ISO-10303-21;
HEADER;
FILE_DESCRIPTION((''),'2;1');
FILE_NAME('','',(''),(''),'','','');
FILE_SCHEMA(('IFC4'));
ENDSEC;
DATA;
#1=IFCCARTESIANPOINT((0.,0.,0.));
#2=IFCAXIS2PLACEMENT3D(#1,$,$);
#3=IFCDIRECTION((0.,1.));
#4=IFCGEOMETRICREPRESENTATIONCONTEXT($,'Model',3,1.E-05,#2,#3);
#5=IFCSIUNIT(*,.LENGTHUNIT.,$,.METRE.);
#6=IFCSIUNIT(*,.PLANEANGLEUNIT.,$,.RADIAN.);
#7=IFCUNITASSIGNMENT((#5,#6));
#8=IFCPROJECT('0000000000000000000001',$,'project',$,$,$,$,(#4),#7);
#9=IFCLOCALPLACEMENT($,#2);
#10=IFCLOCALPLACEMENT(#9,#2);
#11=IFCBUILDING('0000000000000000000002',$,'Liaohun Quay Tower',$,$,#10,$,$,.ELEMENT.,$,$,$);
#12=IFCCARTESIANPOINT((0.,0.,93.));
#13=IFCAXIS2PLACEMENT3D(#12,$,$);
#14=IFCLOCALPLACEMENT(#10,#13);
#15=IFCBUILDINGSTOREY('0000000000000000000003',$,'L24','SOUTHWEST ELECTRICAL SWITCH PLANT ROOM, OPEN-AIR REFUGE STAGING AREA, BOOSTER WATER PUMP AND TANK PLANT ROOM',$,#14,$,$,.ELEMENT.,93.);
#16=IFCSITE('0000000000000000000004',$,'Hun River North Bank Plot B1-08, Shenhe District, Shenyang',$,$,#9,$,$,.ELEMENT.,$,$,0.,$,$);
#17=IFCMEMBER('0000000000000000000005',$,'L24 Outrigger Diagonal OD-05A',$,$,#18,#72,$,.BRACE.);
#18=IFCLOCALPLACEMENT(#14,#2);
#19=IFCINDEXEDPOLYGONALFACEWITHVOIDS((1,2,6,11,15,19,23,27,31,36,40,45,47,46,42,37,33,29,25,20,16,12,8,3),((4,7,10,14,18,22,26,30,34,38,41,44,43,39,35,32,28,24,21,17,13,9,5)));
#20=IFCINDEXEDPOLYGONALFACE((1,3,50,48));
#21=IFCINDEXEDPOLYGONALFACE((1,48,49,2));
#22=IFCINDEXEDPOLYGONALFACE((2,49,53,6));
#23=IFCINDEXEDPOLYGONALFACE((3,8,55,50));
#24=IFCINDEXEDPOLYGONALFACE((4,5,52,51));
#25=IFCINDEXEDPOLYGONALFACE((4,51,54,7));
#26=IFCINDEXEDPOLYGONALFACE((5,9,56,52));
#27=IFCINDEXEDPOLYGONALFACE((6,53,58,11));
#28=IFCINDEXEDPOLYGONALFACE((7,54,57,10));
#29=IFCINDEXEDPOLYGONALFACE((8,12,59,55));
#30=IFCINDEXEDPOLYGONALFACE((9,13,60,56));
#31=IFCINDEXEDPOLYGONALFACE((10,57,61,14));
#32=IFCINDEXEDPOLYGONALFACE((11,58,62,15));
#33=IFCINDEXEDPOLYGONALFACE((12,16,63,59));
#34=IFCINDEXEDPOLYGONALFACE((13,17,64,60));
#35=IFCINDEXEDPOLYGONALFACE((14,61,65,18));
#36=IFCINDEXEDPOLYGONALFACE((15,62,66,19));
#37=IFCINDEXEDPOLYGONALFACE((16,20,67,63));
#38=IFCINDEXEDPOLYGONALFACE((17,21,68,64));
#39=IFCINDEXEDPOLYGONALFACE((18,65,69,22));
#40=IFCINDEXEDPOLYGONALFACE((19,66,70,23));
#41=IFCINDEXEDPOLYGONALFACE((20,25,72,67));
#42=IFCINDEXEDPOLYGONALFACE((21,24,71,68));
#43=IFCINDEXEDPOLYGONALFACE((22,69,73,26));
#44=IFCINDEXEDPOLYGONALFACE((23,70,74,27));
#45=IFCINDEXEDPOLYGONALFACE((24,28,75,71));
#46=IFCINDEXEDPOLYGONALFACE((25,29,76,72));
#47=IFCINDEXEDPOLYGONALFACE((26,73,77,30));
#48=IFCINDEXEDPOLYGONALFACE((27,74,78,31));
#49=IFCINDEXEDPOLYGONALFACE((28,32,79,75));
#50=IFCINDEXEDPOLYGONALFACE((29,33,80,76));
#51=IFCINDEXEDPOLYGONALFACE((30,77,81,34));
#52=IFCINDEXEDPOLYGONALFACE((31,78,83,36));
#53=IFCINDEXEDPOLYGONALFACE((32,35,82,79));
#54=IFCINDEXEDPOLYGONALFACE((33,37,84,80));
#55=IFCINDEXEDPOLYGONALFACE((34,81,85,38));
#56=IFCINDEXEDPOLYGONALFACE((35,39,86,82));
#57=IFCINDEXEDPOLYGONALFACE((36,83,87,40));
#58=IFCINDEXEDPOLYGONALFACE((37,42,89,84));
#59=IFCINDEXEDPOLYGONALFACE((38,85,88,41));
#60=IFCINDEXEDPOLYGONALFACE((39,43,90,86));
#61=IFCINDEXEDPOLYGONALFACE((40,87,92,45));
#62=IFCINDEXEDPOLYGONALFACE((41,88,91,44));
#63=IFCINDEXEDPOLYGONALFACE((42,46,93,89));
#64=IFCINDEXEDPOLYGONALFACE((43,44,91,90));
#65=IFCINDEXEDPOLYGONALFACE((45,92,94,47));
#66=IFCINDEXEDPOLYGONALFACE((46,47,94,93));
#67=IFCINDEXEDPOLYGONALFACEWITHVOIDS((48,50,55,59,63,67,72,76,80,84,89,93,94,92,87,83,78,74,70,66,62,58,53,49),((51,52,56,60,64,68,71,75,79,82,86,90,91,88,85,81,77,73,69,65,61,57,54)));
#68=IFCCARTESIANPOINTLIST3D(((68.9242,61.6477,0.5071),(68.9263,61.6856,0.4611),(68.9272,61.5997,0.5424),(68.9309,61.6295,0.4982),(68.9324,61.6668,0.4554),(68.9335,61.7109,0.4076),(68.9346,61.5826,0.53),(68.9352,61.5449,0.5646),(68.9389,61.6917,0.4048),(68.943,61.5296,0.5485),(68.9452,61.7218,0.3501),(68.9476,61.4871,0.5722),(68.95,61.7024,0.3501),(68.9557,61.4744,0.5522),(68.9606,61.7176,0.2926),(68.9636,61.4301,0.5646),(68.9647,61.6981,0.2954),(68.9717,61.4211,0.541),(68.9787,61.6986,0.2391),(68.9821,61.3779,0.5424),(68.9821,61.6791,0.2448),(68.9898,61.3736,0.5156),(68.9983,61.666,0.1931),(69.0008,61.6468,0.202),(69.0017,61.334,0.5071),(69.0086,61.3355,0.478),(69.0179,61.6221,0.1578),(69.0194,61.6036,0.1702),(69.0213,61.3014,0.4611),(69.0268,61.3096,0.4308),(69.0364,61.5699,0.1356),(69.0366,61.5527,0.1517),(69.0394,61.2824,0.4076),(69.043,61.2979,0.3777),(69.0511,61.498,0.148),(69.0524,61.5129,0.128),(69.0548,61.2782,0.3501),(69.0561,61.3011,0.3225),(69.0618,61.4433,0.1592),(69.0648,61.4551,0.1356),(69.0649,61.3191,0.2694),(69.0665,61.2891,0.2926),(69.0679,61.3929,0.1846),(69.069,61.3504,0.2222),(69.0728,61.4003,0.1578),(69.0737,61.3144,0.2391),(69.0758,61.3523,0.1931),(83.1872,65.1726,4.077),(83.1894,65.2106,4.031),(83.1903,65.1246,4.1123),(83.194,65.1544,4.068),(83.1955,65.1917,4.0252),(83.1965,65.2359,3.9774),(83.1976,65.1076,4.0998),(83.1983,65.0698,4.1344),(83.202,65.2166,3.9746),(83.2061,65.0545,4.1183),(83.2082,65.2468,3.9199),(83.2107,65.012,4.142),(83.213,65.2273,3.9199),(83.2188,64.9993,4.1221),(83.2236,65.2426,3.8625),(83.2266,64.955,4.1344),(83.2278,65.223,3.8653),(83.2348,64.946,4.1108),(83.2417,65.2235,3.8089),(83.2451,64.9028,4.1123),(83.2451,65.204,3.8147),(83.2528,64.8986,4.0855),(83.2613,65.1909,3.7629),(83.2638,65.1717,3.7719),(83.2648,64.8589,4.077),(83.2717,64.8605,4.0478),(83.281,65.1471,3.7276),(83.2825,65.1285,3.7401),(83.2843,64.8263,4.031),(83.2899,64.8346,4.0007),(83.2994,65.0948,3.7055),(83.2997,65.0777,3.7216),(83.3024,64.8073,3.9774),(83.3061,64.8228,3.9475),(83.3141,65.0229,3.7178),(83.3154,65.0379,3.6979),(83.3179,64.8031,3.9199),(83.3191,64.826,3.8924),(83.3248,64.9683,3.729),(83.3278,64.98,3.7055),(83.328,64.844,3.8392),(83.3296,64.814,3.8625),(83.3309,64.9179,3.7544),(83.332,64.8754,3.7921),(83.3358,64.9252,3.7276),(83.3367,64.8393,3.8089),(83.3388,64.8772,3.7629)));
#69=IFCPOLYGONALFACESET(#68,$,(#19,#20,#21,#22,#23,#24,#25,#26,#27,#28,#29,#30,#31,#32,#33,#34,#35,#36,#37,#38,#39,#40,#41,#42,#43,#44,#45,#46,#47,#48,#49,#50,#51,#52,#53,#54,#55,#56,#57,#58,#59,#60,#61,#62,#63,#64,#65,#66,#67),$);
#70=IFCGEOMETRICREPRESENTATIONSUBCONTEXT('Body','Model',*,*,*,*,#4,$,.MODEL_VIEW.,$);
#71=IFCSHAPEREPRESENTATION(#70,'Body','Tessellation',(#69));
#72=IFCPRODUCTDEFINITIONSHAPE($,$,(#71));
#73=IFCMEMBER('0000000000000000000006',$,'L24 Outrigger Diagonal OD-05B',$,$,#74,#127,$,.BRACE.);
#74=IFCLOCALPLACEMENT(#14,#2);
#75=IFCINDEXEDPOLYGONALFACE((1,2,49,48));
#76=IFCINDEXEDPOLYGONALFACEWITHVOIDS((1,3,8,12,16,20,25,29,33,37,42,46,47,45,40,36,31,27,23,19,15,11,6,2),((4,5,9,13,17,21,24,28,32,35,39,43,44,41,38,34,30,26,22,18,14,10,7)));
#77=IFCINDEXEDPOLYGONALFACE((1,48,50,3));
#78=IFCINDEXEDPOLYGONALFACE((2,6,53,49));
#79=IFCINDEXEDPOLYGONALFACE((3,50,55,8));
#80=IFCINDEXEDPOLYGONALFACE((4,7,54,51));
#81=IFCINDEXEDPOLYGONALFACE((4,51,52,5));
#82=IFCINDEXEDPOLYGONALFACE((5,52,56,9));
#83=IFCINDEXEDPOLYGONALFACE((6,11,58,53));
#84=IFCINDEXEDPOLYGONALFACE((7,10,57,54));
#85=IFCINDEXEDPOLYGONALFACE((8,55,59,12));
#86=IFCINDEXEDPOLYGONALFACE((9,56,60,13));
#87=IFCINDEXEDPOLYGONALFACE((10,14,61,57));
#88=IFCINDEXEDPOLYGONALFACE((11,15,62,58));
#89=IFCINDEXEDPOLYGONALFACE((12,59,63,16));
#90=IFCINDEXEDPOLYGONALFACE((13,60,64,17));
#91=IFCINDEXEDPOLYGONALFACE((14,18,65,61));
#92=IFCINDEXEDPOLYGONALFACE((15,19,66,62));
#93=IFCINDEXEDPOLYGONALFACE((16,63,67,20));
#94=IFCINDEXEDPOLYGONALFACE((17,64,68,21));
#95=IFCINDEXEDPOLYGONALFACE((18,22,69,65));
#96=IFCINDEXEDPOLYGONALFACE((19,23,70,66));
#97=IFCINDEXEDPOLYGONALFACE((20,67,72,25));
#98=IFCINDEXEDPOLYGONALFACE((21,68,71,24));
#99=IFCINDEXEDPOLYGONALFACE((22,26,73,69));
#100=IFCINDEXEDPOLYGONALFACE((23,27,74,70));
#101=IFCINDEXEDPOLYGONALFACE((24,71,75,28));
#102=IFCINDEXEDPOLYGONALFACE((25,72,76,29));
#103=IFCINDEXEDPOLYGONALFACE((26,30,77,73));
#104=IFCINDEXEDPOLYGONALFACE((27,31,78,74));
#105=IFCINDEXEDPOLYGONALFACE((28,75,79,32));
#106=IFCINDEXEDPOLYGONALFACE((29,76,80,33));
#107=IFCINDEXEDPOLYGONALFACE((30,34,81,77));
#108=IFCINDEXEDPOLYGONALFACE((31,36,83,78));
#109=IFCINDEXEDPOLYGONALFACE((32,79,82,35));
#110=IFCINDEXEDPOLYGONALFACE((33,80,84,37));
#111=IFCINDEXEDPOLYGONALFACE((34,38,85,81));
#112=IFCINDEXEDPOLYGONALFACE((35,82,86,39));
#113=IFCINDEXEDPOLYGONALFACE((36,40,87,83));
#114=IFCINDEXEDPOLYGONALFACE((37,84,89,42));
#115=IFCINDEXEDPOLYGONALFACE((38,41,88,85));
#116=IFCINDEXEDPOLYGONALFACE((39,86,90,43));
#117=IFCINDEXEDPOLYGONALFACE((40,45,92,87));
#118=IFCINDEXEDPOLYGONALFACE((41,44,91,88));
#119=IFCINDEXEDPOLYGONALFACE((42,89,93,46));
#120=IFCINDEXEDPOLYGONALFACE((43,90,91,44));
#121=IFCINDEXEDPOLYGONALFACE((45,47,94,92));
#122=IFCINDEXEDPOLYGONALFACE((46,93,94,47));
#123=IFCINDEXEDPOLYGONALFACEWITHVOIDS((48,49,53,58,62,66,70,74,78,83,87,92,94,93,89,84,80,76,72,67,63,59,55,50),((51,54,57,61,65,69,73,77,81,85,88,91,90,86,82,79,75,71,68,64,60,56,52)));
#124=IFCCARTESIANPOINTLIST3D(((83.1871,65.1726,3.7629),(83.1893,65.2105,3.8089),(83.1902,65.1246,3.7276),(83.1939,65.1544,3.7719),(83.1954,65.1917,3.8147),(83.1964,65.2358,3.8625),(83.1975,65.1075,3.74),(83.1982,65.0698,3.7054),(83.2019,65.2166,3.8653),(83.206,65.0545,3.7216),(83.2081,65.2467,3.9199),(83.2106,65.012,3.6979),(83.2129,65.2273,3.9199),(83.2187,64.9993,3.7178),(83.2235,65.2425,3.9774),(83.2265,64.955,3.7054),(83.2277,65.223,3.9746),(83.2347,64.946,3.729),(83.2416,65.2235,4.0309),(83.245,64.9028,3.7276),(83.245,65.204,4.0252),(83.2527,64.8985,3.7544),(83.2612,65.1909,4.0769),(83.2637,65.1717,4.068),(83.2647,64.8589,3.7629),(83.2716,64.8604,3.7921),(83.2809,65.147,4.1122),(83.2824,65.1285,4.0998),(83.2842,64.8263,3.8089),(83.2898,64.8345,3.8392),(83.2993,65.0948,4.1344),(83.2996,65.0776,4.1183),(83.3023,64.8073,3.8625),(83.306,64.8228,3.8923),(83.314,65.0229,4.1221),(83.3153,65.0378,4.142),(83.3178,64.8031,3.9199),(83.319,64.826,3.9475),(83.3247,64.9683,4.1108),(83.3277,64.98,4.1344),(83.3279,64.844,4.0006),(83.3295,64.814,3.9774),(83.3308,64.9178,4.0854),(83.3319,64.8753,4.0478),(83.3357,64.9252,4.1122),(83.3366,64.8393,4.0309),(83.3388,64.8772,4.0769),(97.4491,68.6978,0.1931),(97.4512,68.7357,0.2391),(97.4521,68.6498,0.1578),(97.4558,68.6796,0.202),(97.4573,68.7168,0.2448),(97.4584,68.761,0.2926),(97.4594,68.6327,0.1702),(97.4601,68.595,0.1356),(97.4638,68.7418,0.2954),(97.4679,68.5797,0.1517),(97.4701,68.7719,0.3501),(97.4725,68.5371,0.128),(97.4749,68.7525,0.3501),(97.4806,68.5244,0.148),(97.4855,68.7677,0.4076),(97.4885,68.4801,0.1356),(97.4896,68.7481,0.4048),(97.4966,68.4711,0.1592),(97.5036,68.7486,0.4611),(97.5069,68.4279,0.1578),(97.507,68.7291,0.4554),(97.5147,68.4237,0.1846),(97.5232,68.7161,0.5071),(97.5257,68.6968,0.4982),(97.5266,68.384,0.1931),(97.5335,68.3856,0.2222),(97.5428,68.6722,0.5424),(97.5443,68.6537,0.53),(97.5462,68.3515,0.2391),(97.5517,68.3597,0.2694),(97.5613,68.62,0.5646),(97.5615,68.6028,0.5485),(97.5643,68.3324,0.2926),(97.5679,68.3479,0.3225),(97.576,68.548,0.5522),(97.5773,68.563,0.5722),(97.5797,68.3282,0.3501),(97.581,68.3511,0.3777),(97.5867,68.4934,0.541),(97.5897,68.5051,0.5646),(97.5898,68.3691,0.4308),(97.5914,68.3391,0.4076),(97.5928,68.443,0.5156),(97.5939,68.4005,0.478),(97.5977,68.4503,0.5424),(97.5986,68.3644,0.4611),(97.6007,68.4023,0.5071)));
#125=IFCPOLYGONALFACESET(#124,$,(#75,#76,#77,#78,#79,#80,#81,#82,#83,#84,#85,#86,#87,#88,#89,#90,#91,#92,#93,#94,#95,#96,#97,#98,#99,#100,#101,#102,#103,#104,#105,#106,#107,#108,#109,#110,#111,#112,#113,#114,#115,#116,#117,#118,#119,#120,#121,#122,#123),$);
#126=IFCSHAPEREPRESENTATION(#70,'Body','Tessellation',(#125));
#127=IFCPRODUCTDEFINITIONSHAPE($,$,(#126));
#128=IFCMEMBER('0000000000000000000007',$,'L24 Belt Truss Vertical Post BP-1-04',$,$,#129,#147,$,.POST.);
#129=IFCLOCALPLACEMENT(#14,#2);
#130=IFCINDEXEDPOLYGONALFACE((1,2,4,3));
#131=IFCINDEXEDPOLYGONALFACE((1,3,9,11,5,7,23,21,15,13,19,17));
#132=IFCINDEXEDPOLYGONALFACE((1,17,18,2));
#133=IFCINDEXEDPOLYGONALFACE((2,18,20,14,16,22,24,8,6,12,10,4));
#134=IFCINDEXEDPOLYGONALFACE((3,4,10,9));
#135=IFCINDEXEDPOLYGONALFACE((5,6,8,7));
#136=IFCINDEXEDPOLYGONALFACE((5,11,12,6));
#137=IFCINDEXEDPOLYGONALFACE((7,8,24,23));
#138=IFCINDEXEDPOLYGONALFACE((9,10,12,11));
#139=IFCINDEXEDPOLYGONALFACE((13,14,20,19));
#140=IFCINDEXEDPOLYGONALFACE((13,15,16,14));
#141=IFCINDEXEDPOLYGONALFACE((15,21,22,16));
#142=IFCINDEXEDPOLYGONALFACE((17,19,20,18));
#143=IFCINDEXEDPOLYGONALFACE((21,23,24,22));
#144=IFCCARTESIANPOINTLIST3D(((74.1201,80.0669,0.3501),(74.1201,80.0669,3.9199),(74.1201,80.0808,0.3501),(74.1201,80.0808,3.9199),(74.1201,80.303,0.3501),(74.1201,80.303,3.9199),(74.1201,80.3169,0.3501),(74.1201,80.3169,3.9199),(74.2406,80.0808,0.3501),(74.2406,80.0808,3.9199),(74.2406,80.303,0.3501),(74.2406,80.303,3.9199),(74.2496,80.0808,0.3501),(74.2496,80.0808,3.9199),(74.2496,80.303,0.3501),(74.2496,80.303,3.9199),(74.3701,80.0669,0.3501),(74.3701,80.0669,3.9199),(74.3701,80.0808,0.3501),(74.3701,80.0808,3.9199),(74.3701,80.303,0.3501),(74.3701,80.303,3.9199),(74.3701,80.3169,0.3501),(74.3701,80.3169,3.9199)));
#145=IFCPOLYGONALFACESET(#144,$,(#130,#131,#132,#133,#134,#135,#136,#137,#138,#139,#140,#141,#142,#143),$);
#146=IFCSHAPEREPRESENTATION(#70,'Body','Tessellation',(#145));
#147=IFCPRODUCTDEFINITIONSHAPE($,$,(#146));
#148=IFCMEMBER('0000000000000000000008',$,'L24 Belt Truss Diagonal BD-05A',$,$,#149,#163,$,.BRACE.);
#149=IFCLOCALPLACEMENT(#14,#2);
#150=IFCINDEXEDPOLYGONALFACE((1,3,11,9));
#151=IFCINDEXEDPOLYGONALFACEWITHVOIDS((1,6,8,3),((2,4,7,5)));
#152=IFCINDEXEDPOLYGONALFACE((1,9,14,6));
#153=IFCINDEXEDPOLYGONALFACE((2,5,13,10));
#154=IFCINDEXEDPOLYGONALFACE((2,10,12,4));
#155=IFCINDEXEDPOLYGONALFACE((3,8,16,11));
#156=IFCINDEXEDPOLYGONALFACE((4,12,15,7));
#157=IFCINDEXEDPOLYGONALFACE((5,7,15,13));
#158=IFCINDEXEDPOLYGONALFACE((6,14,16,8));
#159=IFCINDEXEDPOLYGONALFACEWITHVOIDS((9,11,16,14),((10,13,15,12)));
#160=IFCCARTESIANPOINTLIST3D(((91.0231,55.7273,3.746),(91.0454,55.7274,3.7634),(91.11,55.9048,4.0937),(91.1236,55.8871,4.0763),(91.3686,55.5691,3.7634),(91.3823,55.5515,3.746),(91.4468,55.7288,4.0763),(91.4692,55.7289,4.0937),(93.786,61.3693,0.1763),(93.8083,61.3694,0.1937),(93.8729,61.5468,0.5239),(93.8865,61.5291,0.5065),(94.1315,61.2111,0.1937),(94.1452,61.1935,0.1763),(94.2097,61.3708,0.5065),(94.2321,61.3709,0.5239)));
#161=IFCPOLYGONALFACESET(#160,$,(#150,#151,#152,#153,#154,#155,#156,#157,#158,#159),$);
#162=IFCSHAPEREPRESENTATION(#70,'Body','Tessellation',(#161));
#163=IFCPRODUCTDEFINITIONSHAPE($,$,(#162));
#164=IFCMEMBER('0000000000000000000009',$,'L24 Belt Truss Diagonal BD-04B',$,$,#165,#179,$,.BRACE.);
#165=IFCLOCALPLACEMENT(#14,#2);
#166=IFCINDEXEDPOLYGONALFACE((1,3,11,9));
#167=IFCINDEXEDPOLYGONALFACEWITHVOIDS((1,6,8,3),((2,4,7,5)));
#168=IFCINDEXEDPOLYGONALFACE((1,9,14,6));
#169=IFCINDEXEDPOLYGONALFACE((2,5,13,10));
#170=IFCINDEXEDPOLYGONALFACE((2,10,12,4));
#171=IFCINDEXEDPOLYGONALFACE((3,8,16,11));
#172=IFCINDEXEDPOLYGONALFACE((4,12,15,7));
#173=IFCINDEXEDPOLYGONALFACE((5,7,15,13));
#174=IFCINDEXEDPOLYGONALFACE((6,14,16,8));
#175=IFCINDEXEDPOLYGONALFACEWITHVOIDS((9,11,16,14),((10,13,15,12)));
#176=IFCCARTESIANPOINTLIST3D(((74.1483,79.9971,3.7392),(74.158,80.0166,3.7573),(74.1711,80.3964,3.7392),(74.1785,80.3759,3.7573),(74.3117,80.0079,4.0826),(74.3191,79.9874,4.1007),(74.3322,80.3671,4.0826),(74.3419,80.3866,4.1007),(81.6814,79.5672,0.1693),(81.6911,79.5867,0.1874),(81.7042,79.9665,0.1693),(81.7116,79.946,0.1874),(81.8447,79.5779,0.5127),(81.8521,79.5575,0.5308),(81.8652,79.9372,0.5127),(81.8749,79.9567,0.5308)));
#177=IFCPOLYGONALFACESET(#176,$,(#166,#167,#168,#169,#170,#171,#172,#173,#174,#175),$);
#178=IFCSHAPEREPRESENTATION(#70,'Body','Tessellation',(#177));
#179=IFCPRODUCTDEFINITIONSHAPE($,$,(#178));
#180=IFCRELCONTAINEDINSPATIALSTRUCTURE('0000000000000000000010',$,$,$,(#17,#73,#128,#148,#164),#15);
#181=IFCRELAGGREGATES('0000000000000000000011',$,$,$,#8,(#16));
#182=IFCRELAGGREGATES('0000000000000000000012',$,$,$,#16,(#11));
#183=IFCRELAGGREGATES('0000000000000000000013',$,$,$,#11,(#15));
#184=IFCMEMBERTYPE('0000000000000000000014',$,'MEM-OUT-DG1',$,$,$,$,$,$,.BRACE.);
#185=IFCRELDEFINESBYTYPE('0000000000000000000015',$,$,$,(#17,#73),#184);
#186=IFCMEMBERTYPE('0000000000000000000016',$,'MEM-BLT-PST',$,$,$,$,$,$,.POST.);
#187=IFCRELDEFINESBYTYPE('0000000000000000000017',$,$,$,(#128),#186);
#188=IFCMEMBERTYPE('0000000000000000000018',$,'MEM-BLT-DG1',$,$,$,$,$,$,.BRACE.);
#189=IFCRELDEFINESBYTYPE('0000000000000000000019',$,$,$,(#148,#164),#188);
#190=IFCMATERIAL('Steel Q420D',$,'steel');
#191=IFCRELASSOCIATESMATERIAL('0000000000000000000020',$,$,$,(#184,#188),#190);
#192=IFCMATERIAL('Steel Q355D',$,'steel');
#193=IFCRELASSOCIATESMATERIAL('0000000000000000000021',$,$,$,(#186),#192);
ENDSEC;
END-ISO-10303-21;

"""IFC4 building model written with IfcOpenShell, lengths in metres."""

from ifc_helpers import new_model, si_unit, direction, frame, origin, origin_2d, place, context, subcontext, project, spatial, hollow_rectangle, hollow_circle, i_section, extrude, source, transform, mapped, material, material_profile, profile_set, type_object, element, save


model = new_model("IFC4")

# Units and contexts
model_context = context("Model", 3, precision=1e-05, world=origin(), true_north=direction((0.0, 1.0)))
body_context = subcontext(model_context, "Body", "Model", "MODEL_VIEW")
ifc_project = project(units=[si_unit("LENGTHUNIT", "METRE"), si_unit("PLANEANGLEUNIT", "RADIAN")], contexts=[model_context])

# Site, building, storey
site_placement = place(None, origin())
site = spatial("IfcSite", under=ifc_project, at=site_placement, Name="Hun River North Bank Plot B1-08, Shenhe District, Shenyang", CompositionType="ELEMENT", RefElevation=0.0)
building_placement = place(site_placement, origin())
building = spatial("IfcBuilding", under=site, at=building_placement, Name="Liaohun Quay Tower", CompositionType="ELEMENT")
storey_placement = place(building_placement, frame((0.0, 0.0, 93.0)))
storey = spatial("IfcBuildingStorey", under=building, at=storey_placement, Name="L24", Description="SOUTHWEST ELECTRICAL SWITCH PLANT ROOM, OPEN-AIR REFUGE STAGING AREA, BOOSTER WATER PUMP AND TANK PLANT ROOM", CompositionType="ELEMENT", Elevation=93.0)

# Shared definitions
ifc_material_1 = material(Name="Steel Q355D", Category="steel")
ifc_material_2 = material(Name="Steel Q420D", Category="steel")

# Members
ifc_material_profile_1 = material_profile(ifc_material_2, hollow_circle(Radius=0.2285, WallThickness=0.02, at=origin_2d()), Name="CHS457x20")
ifc_profile_set_1 = profile_set([ifc_material_profile_1], Name="Steel Q420D")
member_type_1 = type_object("IfcMemberType", Name="MEM-OUT-DG1", PredefinedType="BRACE", material=ifc_profile_set_1)
shared_shape_1 = source(origin(), body_context, "Body", "SweptSolid", [
    extrude(hollow_circle(Radius=0.2285, WallThickness=0.02, at=origin_2d()), origin(), (0.0, 0.0, 1.0), 15.1196),
])
member_1_placement = place(storey_placement, frame((69.0, 61.5, 0.3501), z_axis=(0.943346, 0.233136, 0.236107), x_axis=(-0.239919, 0.970793, 0.0)))
element("IfcMember", 1, at=member_1_placement, inside=storey, type_object=member_type_1, Name="L24 Outrigger Diagonal OD-05A", PredefinedType="BRACE", context=body_context, shape_type="MappedRepresentation", body=[
    mapped(shared_shape_1, transform((0.0, 0.0, 0.0), x_axis=(1.0, 0.0, 0.0), y_axis=(0.0, 1.0, 0.0), z_axis=(0.0, 0.0, 1.0), scale=1.0)),
])
shared_shape_2 = source(origin(), body_context, "Body", "SweptSolid", [
    extrude(hollow_circle(Radius=0.2285, WallThickness=0.02, at=origin_2d()), origin(), (0.0, 0.0, 1.0), 15.1187),
])
member_2_placement = place(storey_placement, frame((83.2629, 65.0249, 3.9199), z_axis=(0.943335, 0.233165, -0.23612), x_axis=(-0.23995, 0.970785, 0.0)))
element("IfcMember", 2, at=member_2_placement, inside=storey, type_object=member_type_1, Name="L24 Outrigger Diagonal OD-05B", PredefinedType="BRACE", context=body_context, shape_type="MappedRepresentation", body=[
    mapped(shared_shape_2, transform((0.0, 0.0, 0.0), x_axis=(1.0, 0.0, 0.0), y_axis=(0.0, 1.0, 0.0), z_axis=(0.0, 0.0, 1.0), scale=1.0)),
])
ifc_material_profile_2 = material_profile(ifc_material_1, i_section(OverallWidth=0.25, OverallDepth=0.25, WebThickness=0.009, FlangeThickness=0.0139, at=origin_2d()), Name="HW250x250x9x14")
ifc_profile_set_2 = profile_set([ifc_material_profile_2], Name="Steel Q355D")
member_type_2 = type_object("IfcMemberType", Name="MEM-BLT-PST", PredefinedType="POST", material=ifc_profile_set_2)
shared_shape_3 = source(origin(), body_context, "Body", "SweptSolid", [
    extrude(i_section(OverallWidth=0.25, OverallDepth=0.25, WebThickness=0.009, FlangeThickness=0.0139, at=origin_2d()), origin(), (0.0, 0.0, 1.0), 3.5698),
])
member_3_placement = place(storey_placement, frame((74.2451, 80.1919, 0.3501), z_axis=(0.0, 0.0, 1.0), x_axis=(1.0, 0.0, 0.0)))
element("IfcMember", 3, at=member_3_placement, inside=storey, type_object=member_type_2, Name="L24 Belt Truss Vertical Post BP-1-04", PredefinedType="POST", context=body_context, shape_type="MappedRepresentation", body=[
    mapped(shared_shape_3, transform((0.0, 0.0, 0.0), x_axis=(1.0, 0.0, 0.0), y_axis=(0.0, 1.0, 0.0), z_axis=(0.0, 0.0, 1.0), scale=1.0)),
])
ifc_material_profile_3 = material_profile(ifc_material_2, hollow_rectangle(XDim=0.3999, YDim=0.3999, WallThickness=0.02, at=origin_2d()), Name="SHS400x400x20")
ifc_profile_set_3 = profile_set([ifc_material_profile_3], Name="Steel Q420D")
member_type_3 = type_object("IfcMemberType", Name="MEM-BLT-DG1", PredefinedType="BRACE", material=ifc_profile_set_3)
shared_shape_4 = source(origin(), body_context, "Body", "SweptSolid", [
    extrude(hollow_rectangle(XDim=0.3999, YDim=0.3999, WallThickness=0.02, at=origin_2d()), origin(), (0.0, 0.0, 1.0), 7.2256),
])
member_4_placement = place(storey_placement, frame((94.009, 61.3701, 0.3501), z_axis=(-0.382377, -0.780837, 0.494046), x_axis=(0.898096, -0.439799, 0.0)))
element("IfcMember", 4, at=member_4_placement, inside=storey, type_object=member_type_3, Name="L24 Belt Truss Diagonal BD-05A", PredefinedType="BRACE", context=body_context, shape_type="MappedRepresentation", body=[
    mapped(shared_shape_4, transform((0.0, 0.0, 0.0), x_axis=(1.0, 0.0, 0.0), y_axis=(0.0, 1.0, 0.0), z_axis=(0.0, 0.0, 1.0), scale=1.0)),
])
shared_shape_5 = source(origin(), body_context, "Body", "SweptSolid", [
    extrude(hollow_rectangle(XDim=0.3999, YDim=0.3999, WallThickness=0.02, at=origin_2d()), origin(), (0.0, 0.0, 1.0), 8.3472),
])
member_5_placement = place(storey_placement, frame((74.2451, 80.1919, 3.9199), z_axis=(0.902465, -0.051507, -0.427673), x_axis=(0.056981, 0.998375, 0.0)))
element("IfcMember", 5, at=member_5_placement, inside=storey, type_object=member_type_3, Name="L24 Belt Truss Diagonal BD-04B", PredefinedType="BRACE", context=body_context, shape_type="MappedRepresentation", body=[
    mapped(shared_shape_5, transform((0.0, 0.0, 0.0), x_axis=(1.0, 0.0, 0.0), y_axis=(0.0, 1.0, 0.0), z_axis=(0.0, 0.0, 1.0), scale=1.0)),
])

save(model, "model.ifc")
